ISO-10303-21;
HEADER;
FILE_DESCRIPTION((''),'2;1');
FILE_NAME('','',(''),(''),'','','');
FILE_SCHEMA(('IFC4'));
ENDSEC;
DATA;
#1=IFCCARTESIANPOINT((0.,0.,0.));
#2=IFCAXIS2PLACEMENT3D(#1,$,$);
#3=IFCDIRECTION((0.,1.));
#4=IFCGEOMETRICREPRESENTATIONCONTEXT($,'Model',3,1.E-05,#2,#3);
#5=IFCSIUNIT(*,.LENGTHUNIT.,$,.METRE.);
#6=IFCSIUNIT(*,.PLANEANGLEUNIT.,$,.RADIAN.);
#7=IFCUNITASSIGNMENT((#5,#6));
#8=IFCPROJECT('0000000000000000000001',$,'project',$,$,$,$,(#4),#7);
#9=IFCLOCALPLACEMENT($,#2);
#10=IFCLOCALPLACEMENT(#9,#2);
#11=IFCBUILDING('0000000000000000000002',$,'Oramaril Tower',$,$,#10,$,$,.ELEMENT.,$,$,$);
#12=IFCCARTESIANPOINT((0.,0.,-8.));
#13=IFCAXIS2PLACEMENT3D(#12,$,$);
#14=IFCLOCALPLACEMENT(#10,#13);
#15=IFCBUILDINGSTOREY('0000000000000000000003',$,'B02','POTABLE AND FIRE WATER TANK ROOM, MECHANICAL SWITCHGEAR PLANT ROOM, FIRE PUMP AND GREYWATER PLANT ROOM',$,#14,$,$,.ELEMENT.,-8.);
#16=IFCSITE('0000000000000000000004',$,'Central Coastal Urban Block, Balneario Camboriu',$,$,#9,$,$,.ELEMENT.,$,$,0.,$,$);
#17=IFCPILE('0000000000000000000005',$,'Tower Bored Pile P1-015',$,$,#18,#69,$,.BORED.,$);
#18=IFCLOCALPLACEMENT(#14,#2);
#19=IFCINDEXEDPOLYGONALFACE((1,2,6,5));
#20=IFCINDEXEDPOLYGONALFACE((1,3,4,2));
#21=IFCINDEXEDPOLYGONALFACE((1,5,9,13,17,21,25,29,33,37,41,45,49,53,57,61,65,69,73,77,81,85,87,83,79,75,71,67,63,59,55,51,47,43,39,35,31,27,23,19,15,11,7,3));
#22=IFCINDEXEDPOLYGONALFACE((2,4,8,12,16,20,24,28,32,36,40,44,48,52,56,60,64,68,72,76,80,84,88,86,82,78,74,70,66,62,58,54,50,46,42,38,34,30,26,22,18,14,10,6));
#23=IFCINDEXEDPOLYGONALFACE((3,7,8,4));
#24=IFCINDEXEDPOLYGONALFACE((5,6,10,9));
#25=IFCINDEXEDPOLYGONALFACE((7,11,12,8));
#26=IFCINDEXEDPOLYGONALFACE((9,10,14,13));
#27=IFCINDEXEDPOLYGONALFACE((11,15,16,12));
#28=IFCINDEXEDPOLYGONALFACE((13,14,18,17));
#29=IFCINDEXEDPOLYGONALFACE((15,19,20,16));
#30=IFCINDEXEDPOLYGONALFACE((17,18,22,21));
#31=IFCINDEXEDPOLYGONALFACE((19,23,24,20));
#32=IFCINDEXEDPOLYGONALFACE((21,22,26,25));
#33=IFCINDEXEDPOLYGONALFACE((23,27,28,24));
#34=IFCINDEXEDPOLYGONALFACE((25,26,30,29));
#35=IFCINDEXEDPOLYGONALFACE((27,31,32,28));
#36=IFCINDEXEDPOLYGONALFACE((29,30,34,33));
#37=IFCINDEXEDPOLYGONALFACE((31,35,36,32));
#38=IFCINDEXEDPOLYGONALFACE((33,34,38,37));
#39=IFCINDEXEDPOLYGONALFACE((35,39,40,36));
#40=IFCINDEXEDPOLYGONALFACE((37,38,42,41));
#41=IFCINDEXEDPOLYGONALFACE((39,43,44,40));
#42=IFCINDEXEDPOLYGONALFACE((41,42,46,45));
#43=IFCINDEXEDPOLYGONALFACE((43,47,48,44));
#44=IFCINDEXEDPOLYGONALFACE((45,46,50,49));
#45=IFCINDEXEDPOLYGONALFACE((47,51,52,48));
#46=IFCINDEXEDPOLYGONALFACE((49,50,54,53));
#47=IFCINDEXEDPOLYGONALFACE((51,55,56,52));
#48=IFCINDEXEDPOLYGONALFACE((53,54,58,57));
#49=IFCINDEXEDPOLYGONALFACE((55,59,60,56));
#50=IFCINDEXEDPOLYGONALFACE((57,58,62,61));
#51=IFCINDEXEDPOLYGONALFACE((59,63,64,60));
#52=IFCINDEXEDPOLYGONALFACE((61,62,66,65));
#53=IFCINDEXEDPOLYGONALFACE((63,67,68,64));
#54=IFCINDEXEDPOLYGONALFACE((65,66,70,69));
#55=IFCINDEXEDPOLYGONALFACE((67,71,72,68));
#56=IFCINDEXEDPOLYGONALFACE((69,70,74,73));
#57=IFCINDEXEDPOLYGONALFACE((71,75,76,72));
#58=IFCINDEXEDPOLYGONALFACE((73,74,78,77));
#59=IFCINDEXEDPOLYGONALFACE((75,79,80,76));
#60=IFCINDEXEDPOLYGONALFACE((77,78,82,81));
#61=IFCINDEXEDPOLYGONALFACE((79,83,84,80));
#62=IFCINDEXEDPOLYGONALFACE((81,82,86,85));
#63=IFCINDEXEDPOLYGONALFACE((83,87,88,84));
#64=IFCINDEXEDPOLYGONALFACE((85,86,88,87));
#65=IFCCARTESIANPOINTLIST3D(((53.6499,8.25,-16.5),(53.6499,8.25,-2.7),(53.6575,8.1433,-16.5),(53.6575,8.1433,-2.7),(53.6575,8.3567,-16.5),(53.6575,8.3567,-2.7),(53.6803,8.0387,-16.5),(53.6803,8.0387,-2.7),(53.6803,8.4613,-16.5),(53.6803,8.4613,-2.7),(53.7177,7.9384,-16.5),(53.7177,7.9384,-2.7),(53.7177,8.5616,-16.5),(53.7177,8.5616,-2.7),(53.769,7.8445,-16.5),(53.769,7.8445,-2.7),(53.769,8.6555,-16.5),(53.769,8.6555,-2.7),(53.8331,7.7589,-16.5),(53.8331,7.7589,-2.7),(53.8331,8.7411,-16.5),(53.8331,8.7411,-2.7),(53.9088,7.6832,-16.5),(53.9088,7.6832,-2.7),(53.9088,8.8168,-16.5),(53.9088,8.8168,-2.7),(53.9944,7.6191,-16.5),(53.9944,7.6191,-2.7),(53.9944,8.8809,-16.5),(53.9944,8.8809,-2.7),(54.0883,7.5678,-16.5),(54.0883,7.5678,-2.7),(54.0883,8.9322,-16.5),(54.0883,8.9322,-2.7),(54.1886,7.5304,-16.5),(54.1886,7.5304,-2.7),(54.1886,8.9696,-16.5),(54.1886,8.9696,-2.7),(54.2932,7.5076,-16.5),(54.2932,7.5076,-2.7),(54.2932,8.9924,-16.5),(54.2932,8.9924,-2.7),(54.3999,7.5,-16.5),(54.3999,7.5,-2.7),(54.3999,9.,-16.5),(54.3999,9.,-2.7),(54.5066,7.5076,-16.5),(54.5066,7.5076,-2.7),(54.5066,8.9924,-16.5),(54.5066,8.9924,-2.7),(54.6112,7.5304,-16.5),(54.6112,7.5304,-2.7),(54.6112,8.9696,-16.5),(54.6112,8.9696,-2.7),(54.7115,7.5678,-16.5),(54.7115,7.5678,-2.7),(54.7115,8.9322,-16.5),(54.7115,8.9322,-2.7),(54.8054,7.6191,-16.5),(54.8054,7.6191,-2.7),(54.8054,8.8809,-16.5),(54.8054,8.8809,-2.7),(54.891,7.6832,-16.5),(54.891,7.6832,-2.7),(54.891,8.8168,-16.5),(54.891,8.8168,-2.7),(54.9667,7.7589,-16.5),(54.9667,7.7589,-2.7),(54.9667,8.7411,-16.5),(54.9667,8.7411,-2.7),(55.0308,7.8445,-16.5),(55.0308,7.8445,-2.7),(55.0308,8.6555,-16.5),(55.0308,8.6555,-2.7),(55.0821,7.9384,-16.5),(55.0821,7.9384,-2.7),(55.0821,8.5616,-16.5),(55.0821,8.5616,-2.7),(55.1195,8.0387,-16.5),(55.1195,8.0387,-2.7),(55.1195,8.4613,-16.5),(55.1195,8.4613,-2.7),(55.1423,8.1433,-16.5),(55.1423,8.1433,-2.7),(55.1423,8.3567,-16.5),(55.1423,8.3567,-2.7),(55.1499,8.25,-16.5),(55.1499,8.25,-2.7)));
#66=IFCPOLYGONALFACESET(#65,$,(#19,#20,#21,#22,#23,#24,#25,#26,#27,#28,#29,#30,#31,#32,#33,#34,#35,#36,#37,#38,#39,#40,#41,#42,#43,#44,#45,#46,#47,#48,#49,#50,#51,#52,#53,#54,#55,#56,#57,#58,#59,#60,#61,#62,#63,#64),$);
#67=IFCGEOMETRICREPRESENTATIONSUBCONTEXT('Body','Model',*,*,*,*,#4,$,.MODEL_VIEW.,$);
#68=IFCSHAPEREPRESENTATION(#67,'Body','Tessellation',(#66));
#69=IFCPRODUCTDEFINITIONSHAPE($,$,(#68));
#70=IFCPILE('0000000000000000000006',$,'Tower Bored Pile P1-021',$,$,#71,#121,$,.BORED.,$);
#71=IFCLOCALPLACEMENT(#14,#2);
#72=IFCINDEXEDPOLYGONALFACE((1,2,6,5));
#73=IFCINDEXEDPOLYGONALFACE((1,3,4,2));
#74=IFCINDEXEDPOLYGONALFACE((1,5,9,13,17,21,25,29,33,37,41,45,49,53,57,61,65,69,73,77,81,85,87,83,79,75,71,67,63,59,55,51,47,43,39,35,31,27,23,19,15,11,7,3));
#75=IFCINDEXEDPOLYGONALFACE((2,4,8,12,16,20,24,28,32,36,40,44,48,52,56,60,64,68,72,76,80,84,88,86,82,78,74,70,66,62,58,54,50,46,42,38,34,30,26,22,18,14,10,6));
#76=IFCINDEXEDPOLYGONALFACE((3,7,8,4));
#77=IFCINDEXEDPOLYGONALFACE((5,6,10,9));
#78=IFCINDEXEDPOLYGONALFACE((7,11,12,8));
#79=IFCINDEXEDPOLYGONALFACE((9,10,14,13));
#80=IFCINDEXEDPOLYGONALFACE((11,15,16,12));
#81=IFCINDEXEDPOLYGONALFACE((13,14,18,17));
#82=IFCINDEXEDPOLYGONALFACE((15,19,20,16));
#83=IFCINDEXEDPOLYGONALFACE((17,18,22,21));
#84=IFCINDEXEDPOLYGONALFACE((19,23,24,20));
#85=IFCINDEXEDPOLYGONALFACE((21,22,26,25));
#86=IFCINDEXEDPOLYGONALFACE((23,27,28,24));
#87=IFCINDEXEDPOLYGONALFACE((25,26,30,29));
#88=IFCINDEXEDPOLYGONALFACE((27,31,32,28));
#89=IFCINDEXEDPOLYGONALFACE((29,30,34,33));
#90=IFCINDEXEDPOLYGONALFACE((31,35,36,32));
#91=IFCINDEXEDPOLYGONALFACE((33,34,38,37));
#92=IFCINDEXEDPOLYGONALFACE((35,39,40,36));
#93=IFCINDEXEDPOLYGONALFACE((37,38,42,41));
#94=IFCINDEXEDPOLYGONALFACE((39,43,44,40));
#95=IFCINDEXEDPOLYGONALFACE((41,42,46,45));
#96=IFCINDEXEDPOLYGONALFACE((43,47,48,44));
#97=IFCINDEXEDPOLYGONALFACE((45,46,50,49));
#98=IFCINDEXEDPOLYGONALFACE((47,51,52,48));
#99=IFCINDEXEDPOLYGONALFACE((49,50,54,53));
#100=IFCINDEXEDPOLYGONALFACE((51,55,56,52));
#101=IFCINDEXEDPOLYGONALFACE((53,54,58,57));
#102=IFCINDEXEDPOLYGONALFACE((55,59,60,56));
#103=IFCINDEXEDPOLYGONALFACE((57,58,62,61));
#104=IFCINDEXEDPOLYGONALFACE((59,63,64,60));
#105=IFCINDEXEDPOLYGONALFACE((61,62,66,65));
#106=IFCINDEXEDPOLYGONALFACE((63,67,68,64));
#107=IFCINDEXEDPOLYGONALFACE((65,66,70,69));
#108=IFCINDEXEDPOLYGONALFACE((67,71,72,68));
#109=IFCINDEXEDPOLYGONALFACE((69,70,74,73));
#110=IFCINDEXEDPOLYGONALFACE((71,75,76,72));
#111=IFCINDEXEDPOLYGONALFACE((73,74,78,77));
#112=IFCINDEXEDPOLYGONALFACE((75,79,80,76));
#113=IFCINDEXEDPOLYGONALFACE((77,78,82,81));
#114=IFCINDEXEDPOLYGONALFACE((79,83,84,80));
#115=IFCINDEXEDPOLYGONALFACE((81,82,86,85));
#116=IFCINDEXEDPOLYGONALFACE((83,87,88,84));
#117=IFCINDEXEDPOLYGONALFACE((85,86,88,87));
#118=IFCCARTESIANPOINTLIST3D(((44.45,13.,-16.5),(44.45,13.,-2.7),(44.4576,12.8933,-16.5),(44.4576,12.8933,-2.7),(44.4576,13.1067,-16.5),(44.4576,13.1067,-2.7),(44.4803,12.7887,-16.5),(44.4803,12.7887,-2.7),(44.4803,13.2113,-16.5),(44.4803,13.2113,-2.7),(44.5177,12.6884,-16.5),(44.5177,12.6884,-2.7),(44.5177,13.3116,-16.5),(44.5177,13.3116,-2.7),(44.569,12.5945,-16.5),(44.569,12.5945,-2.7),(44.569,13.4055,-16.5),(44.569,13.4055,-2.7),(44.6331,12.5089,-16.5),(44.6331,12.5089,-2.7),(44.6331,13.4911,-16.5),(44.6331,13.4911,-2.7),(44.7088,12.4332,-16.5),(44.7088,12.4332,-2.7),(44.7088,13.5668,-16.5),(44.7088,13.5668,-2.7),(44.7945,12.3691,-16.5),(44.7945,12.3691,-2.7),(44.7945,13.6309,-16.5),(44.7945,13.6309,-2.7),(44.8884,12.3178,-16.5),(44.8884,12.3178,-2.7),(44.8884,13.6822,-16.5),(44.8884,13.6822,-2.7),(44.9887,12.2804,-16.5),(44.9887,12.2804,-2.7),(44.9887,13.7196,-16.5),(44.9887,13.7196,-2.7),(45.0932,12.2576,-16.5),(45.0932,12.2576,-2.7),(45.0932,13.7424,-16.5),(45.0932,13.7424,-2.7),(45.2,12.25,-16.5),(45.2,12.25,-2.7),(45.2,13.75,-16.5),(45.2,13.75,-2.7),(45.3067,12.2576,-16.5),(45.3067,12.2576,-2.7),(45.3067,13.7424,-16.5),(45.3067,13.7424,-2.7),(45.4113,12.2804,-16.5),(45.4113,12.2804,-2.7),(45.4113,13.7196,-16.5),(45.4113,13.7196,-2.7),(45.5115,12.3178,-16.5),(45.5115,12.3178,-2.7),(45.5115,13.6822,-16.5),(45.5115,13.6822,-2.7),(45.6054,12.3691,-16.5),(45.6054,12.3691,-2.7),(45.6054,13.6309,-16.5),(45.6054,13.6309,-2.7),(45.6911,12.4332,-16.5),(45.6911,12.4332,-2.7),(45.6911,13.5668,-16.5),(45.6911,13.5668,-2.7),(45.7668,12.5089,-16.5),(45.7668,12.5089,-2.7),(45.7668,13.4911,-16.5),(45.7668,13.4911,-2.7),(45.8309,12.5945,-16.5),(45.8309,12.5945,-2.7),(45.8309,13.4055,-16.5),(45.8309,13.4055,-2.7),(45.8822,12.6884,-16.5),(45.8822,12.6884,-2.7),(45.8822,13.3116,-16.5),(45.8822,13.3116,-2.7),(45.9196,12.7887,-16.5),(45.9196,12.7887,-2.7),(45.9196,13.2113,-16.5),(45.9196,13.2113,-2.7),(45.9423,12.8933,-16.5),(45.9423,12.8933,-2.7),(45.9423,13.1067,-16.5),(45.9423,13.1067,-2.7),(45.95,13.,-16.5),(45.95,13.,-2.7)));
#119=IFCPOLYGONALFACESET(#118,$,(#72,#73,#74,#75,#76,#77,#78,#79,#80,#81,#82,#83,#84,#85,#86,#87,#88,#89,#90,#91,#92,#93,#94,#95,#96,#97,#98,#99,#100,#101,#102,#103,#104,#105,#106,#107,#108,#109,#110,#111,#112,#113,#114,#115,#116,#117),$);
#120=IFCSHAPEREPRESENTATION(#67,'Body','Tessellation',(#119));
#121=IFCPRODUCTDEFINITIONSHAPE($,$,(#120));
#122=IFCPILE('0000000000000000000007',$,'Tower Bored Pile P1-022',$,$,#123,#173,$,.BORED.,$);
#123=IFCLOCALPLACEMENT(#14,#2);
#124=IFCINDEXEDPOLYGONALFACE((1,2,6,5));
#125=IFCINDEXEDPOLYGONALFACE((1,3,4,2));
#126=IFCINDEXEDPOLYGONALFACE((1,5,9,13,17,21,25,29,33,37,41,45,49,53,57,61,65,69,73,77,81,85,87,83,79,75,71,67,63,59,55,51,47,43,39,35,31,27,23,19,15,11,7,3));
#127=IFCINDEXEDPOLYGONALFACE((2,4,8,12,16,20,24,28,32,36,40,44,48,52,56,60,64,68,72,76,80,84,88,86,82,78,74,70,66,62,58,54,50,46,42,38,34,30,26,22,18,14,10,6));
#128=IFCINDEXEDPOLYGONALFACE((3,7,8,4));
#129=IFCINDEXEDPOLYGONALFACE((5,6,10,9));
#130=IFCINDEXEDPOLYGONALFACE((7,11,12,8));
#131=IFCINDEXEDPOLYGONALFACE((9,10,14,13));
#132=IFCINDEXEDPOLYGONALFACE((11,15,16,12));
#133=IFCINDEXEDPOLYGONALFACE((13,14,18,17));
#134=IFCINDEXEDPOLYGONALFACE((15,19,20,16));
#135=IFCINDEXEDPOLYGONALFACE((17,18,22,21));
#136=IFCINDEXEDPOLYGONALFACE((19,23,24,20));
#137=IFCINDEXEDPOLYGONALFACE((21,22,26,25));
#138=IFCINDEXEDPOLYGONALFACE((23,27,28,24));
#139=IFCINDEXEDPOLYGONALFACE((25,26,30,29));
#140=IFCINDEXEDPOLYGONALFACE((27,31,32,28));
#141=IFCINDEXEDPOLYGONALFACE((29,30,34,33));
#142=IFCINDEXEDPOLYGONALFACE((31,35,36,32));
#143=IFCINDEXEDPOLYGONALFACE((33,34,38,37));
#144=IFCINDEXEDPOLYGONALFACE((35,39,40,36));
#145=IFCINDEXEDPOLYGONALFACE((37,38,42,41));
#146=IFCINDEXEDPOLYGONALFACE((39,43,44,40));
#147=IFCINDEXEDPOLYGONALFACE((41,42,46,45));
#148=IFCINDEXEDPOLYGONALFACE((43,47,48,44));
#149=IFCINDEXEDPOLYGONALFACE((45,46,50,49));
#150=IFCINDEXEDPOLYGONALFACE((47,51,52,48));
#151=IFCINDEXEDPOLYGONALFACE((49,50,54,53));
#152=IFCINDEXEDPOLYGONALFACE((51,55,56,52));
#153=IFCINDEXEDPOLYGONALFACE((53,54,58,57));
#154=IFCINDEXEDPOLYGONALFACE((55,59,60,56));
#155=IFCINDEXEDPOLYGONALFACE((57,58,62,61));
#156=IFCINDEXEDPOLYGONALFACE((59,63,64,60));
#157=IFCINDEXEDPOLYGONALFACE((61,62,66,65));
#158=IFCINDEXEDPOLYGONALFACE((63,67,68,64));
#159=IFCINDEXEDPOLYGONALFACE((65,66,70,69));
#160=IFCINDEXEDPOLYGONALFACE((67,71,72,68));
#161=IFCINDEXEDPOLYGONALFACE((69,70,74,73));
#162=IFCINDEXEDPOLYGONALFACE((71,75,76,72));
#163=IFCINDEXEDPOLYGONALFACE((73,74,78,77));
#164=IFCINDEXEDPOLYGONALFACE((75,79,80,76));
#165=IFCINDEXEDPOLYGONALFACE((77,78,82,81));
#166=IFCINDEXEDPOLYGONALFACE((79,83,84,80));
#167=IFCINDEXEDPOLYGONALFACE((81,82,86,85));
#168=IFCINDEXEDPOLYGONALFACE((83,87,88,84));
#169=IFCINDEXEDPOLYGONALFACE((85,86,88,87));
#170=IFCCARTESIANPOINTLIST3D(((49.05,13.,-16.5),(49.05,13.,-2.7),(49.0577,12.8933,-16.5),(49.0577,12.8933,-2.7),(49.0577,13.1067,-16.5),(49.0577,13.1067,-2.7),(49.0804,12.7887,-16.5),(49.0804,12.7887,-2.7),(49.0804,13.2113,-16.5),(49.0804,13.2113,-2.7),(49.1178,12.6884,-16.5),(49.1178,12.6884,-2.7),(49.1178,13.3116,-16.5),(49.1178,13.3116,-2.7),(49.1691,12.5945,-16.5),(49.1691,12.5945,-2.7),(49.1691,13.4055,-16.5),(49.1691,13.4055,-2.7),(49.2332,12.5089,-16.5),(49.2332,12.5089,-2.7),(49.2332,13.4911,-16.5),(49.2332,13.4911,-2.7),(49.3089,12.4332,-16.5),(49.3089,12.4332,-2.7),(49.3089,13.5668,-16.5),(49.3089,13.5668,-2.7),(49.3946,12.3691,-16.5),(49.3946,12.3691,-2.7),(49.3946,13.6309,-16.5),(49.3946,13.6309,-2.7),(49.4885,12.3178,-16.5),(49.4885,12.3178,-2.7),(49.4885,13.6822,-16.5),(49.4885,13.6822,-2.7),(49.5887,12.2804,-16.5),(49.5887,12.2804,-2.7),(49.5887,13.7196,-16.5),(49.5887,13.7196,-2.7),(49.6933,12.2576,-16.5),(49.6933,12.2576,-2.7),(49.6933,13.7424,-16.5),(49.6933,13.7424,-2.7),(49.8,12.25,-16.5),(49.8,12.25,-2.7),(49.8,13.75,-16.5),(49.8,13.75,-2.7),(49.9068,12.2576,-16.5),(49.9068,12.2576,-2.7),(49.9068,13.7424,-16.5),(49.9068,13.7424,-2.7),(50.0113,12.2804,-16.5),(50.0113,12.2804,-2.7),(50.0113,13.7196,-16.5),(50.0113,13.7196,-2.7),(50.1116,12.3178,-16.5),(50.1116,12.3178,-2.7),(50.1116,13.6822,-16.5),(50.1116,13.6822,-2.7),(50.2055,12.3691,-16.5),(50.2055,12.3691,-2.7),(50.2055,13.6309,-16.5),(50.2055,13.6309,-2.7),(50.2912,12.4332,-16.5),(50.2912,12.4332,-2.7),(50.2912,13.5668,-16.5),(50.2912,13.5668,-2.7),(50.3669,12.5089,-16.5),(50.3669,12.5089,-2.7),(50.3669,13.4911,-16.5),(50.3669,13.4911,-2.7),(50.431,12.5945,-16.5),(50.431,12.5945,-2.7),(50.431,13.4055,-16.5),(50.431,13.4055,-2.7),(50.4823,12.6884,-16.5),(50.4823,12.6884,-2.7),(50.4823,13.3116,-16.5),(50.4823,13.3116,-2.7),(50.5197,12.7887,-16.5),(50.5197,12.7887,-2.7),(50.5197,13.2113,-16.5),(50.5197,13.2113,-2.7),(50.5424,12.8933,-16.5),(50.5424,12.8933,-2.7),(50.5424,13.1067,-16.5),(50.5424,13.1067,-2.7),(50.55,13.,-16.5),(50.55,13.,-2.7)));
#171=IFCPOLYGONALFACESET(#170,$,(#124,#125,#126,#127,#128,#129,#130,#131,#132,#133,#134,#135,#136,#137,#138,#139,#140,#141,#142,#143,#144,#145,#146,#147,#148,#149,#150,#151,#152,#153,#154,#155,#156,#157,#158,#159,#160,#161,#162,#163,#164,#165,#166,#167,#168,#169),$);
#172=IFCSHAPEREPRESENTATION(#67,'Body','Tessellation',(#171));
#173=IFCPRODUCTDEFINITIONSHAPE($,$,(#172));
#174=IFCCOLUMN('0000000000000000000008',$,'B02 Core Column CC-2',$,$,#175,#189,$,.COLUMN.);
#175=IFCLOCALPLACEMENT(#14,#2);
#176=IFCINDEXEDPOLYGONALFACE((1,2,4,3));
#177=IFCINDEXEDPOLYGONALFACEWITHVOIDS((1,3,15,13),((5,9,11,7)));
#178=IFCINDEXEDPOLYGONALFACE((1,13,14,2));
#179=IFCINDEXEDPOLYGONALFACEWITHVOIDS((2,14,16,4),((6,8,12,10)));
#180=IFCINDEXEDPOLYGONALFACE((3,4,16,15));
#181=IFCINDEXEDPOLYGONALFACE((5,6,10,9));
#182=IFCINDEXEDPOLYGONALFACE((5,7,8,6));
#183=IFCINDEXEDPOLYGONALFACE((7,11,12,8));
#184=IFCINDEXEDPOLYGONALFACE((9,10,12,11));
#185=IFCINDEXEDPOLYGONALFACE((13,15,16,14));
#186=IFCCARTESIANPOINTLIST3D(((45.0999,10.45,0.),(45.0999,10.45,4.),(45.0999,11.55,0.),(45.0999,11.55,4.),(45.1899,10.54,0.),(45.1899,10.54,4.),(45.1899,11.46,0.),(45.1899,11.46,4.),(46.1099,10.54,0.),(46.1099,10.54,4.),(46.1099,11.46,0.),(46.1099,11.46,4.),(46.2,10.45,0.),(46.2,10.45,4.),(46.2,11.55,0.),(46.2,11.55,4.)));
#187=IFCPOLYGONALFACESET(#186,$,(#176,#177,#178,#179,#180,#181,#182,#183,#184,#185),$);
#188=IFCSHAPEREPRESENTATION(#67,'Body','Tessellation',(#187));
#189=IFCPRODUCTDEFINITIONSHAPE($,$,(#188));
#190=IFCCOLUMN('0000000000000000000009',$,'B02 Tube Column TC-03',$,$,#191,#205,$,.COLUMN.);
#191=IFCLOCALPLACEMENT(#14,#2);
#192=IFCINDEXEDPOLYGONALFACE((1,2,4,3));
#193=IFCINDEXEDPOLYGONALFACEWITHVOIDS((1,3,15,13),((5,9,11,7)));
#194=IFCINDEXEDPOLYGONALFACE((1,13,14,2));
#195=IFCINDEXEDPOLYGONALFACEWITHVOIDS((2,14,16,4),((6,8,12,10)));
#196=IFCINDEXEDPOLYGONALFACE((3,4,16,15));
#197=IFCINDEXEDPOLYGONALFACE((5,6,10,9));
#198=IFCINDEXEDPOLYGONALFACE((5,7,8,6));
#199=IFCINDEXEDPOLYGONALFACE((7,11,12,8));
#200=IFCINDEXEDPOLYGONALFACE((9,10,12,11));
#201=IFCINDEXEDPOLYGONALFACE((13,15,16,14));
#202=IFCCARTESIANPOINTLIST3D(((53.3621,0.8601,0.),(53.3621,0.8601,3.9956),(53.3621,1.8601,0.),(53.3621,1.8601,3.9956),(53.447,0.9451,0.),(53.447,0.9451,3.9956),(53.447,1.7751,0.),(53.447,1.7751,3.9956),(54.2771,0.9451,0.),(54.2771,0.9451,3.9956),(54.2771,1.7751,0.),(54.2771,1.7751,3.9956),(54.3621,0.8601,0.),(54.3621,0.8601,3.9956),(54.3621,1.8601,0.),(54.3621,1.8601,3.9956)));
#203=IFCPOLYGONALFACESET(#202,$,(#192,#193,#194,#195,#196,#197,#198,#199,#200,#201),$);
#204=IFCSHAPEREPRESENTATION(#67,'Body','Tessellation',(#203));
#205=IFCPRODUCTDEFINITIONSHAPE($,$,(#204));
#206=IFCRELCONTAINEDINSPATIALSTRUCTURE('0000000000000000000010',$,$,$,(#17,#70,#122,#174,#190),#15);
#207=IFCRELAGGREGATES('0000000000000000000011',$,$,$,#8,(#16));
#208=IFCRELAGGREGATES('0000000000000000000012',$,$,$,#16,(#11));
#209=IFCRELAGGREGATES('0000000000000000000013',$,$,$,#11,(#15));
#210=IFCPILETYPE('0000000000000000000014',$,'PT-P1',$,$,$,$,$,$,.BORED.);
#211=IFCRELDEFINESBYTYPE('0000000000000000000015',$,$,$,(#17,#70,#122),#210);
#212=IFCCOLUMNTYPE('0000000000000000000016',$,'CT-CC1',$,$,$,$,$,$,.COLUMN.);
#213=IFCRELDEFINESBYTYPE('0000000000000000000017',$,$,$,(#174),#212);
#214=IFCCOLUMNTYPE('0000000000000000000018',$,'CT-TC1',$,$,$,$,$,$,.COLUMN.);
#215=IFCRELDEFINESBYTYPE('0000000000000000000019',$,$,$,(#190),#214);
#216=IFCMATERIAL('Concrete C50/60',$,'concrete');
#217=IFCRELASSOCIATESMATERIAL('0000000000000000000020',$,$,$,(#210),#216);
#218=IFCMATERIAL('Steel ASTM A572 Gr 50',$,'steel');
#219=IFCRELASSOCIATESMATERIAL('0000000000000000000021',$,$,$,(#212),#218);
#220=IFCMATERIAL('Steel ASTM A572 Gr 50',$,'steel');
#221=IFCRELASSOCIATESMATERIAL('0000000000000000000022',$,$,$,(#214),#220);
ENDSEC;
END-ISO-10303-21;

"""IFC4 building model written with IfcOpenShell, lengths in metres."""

from ifc_helpers import new_model, si_unit, direction, frame, origin, origin_2d, place, context, subcontext, project, spatial, hollow_rectangle, circle, extrude, material, material_profile, profile_set, type_object, element, save


model = new_model("IFC4")

# Units and contexts
model_context = context("Model", 3, precision=1e-05, world=origin(), true_north=direction((0.0, 1.0)))
body_context = subcontext(model_context, "Body", "Model", "MODEL_VIEW")
ifc_project = project(units=[si_unit("LENGTHUNIT", "METRE"), si_unit("PLANEANGLEUNIT", "RADIAN")], contexts=[model_context])

# Site, building, storey
site_placement = place(None, origin())
site = spatial("IfcSite", under=ifc_project, at=site_placement, Name="Central Coastal Urban Block, Balneario Camboriu", CompositionType="ELEMENT", RefElevation=0.0)
building_placement = place(site_placement, origin())
building = spatial("IfcBuilding", under=site, at=building_placement, Name="Oramaril Tower", CompositionType="ELEMENT")
storey_placement = place(building_placement, frame((0.0, 0.0, -8.0)))
storey = spatial("IfcBuildingStorey", under=building, at=storey_placement, Name="B02", Description="POTABLE AND FIRE WATER TANK ROOM, MECHANICAL SWITCHGEAR PLANT ROOM, FIRE PUMP AND GREYWATER PLANT ROOM", CompositionType="ELEMENT", Elevation=-8.0)

# Piles
ifc_material_1 = material(Name="Concrete C50/60", Category="concrete")
ifc_material_profile_1 = material_profile(ifc_material_1, circle(Radius=0.75, at=origin_2d()), Name="D1500")
ifc_profile_set_1 = profile_set([ifc_material_profile_1], Name="Concrete C50/60")
pile_type = type_object("IfcPileType", Name="PT-P1", PredefinedType="BORED", material=ifc_profile_set_1)
for number, where, z_axis, x_axis, name in (
    (1, (54.3999, 8.25, -2.7), (0.0, 0.0, -1.0), (1.0, 0.0, 0.0), "Tower Bored Pile P1-015"),
    (2, (45.2, 13.0, -2.7), (0.0, 0.0, -1.0), (1.0, 0.0, 0.0), "Tower Bored Pile P1-021"),
    (3, (49.8, 13.0, -2.7), (0.0, 0.0, -1.0), (1.0, 0.0, 0.0), "Tower Bored Pile P1-022"),
):
    element("IfcPile", number, at=place(storey_placement, frame(where, z_axis=z_axis, x_axis=x_axis)), inside=storey, type_object=pile_type, Name=name, PredefinedType="BORED", context=body_context, shape_type="SweptSolid", body=[
        extrude(circle(Radius=0.75, at=origin_2d()), origin(), (0.0, 0.0, 1.0), 13.8),
    ])

# Columns
ifc_material_2 = material(Name="Steel ASTM A572 Gr 50", Category="steel")
ifc_material_profile_2 = material_profile(ifc_material_2, hollow_rectangle(XDim=1.1001, YDim=1.1001, WallThickness=0.0901, at=origin_2d()), Name="BOX1100X1100X90")
ifc_profile_set_2 = profile_set([ifc_material_profile_2], Name="Steel ASTM A572 Gr 50")
column_type_1 = type_object("IfcColumnType", Name="CT-CC1", PredefinedType="COLUMN", material=ifc_profile_set_2)
column_1_placement = place(storey_placement, frame((45.6499, 11.0, 0.0), z_axis=(0.0, 0.0, 1.0), x_axis=(1.0, 0.0, 0.0)))
element("IfcColumn", 4, at=column_1_placement, inside=storey, type_object=column_type_1, Name="B02 Core Column CC-2", PredefinedType="COLUMN", context=body_context, shape_type="SweptSolid", body=[
    extrude(hollow_rectangle(XDim=1.1001, YDim=1.1001, WallThickness=0.0901, at=origin_2d()), origin(), (0.0, 0.0, 1.0), 4.0),
])
ifc_material_3 = material(Name="Steel ASTM A572 Gr 50", Category="steel")
ifc_material_profile_3 = material_profile(ifc_material_3, hollow_rectangle(XDim=1.0, YDim=1.0, WallThickness=0.085, at=origin_2d()), Name="BOX1000X1000X85")
ifc_profile_set_3 = profile_set([ifc_material_profile_3], Name="Steel ASTM A572 Gr 50")
column_type_2 = type_object("IfcColumnType", Name="CT-TC1", PredefinedType="COLUMN", material=ifc_profile_set_3)
column_2_placement = place(storey_placement, frame((53.8621, 1.3601, 0.0), z_axis=(0.0, 0.0, 1.0), x_axis=(1.0, 0.0, 0.0)))
element("IfcColumn", 5, at=column_2_placement, inside=storey, type_object=column_type_2, Name="B02 Tube Column TC-03", PredefinedType="COLUMN", context=body_context, shape_type="SweptSolid", body=[
    extrude(hollow_rectangle(XDim=1.0, YDim=1.0, WallThickness=0.085, at=origin_2d()), origin(), (0.0, 0.0, 1.0), 3.9956),
])

save(model, "model.ifc")
